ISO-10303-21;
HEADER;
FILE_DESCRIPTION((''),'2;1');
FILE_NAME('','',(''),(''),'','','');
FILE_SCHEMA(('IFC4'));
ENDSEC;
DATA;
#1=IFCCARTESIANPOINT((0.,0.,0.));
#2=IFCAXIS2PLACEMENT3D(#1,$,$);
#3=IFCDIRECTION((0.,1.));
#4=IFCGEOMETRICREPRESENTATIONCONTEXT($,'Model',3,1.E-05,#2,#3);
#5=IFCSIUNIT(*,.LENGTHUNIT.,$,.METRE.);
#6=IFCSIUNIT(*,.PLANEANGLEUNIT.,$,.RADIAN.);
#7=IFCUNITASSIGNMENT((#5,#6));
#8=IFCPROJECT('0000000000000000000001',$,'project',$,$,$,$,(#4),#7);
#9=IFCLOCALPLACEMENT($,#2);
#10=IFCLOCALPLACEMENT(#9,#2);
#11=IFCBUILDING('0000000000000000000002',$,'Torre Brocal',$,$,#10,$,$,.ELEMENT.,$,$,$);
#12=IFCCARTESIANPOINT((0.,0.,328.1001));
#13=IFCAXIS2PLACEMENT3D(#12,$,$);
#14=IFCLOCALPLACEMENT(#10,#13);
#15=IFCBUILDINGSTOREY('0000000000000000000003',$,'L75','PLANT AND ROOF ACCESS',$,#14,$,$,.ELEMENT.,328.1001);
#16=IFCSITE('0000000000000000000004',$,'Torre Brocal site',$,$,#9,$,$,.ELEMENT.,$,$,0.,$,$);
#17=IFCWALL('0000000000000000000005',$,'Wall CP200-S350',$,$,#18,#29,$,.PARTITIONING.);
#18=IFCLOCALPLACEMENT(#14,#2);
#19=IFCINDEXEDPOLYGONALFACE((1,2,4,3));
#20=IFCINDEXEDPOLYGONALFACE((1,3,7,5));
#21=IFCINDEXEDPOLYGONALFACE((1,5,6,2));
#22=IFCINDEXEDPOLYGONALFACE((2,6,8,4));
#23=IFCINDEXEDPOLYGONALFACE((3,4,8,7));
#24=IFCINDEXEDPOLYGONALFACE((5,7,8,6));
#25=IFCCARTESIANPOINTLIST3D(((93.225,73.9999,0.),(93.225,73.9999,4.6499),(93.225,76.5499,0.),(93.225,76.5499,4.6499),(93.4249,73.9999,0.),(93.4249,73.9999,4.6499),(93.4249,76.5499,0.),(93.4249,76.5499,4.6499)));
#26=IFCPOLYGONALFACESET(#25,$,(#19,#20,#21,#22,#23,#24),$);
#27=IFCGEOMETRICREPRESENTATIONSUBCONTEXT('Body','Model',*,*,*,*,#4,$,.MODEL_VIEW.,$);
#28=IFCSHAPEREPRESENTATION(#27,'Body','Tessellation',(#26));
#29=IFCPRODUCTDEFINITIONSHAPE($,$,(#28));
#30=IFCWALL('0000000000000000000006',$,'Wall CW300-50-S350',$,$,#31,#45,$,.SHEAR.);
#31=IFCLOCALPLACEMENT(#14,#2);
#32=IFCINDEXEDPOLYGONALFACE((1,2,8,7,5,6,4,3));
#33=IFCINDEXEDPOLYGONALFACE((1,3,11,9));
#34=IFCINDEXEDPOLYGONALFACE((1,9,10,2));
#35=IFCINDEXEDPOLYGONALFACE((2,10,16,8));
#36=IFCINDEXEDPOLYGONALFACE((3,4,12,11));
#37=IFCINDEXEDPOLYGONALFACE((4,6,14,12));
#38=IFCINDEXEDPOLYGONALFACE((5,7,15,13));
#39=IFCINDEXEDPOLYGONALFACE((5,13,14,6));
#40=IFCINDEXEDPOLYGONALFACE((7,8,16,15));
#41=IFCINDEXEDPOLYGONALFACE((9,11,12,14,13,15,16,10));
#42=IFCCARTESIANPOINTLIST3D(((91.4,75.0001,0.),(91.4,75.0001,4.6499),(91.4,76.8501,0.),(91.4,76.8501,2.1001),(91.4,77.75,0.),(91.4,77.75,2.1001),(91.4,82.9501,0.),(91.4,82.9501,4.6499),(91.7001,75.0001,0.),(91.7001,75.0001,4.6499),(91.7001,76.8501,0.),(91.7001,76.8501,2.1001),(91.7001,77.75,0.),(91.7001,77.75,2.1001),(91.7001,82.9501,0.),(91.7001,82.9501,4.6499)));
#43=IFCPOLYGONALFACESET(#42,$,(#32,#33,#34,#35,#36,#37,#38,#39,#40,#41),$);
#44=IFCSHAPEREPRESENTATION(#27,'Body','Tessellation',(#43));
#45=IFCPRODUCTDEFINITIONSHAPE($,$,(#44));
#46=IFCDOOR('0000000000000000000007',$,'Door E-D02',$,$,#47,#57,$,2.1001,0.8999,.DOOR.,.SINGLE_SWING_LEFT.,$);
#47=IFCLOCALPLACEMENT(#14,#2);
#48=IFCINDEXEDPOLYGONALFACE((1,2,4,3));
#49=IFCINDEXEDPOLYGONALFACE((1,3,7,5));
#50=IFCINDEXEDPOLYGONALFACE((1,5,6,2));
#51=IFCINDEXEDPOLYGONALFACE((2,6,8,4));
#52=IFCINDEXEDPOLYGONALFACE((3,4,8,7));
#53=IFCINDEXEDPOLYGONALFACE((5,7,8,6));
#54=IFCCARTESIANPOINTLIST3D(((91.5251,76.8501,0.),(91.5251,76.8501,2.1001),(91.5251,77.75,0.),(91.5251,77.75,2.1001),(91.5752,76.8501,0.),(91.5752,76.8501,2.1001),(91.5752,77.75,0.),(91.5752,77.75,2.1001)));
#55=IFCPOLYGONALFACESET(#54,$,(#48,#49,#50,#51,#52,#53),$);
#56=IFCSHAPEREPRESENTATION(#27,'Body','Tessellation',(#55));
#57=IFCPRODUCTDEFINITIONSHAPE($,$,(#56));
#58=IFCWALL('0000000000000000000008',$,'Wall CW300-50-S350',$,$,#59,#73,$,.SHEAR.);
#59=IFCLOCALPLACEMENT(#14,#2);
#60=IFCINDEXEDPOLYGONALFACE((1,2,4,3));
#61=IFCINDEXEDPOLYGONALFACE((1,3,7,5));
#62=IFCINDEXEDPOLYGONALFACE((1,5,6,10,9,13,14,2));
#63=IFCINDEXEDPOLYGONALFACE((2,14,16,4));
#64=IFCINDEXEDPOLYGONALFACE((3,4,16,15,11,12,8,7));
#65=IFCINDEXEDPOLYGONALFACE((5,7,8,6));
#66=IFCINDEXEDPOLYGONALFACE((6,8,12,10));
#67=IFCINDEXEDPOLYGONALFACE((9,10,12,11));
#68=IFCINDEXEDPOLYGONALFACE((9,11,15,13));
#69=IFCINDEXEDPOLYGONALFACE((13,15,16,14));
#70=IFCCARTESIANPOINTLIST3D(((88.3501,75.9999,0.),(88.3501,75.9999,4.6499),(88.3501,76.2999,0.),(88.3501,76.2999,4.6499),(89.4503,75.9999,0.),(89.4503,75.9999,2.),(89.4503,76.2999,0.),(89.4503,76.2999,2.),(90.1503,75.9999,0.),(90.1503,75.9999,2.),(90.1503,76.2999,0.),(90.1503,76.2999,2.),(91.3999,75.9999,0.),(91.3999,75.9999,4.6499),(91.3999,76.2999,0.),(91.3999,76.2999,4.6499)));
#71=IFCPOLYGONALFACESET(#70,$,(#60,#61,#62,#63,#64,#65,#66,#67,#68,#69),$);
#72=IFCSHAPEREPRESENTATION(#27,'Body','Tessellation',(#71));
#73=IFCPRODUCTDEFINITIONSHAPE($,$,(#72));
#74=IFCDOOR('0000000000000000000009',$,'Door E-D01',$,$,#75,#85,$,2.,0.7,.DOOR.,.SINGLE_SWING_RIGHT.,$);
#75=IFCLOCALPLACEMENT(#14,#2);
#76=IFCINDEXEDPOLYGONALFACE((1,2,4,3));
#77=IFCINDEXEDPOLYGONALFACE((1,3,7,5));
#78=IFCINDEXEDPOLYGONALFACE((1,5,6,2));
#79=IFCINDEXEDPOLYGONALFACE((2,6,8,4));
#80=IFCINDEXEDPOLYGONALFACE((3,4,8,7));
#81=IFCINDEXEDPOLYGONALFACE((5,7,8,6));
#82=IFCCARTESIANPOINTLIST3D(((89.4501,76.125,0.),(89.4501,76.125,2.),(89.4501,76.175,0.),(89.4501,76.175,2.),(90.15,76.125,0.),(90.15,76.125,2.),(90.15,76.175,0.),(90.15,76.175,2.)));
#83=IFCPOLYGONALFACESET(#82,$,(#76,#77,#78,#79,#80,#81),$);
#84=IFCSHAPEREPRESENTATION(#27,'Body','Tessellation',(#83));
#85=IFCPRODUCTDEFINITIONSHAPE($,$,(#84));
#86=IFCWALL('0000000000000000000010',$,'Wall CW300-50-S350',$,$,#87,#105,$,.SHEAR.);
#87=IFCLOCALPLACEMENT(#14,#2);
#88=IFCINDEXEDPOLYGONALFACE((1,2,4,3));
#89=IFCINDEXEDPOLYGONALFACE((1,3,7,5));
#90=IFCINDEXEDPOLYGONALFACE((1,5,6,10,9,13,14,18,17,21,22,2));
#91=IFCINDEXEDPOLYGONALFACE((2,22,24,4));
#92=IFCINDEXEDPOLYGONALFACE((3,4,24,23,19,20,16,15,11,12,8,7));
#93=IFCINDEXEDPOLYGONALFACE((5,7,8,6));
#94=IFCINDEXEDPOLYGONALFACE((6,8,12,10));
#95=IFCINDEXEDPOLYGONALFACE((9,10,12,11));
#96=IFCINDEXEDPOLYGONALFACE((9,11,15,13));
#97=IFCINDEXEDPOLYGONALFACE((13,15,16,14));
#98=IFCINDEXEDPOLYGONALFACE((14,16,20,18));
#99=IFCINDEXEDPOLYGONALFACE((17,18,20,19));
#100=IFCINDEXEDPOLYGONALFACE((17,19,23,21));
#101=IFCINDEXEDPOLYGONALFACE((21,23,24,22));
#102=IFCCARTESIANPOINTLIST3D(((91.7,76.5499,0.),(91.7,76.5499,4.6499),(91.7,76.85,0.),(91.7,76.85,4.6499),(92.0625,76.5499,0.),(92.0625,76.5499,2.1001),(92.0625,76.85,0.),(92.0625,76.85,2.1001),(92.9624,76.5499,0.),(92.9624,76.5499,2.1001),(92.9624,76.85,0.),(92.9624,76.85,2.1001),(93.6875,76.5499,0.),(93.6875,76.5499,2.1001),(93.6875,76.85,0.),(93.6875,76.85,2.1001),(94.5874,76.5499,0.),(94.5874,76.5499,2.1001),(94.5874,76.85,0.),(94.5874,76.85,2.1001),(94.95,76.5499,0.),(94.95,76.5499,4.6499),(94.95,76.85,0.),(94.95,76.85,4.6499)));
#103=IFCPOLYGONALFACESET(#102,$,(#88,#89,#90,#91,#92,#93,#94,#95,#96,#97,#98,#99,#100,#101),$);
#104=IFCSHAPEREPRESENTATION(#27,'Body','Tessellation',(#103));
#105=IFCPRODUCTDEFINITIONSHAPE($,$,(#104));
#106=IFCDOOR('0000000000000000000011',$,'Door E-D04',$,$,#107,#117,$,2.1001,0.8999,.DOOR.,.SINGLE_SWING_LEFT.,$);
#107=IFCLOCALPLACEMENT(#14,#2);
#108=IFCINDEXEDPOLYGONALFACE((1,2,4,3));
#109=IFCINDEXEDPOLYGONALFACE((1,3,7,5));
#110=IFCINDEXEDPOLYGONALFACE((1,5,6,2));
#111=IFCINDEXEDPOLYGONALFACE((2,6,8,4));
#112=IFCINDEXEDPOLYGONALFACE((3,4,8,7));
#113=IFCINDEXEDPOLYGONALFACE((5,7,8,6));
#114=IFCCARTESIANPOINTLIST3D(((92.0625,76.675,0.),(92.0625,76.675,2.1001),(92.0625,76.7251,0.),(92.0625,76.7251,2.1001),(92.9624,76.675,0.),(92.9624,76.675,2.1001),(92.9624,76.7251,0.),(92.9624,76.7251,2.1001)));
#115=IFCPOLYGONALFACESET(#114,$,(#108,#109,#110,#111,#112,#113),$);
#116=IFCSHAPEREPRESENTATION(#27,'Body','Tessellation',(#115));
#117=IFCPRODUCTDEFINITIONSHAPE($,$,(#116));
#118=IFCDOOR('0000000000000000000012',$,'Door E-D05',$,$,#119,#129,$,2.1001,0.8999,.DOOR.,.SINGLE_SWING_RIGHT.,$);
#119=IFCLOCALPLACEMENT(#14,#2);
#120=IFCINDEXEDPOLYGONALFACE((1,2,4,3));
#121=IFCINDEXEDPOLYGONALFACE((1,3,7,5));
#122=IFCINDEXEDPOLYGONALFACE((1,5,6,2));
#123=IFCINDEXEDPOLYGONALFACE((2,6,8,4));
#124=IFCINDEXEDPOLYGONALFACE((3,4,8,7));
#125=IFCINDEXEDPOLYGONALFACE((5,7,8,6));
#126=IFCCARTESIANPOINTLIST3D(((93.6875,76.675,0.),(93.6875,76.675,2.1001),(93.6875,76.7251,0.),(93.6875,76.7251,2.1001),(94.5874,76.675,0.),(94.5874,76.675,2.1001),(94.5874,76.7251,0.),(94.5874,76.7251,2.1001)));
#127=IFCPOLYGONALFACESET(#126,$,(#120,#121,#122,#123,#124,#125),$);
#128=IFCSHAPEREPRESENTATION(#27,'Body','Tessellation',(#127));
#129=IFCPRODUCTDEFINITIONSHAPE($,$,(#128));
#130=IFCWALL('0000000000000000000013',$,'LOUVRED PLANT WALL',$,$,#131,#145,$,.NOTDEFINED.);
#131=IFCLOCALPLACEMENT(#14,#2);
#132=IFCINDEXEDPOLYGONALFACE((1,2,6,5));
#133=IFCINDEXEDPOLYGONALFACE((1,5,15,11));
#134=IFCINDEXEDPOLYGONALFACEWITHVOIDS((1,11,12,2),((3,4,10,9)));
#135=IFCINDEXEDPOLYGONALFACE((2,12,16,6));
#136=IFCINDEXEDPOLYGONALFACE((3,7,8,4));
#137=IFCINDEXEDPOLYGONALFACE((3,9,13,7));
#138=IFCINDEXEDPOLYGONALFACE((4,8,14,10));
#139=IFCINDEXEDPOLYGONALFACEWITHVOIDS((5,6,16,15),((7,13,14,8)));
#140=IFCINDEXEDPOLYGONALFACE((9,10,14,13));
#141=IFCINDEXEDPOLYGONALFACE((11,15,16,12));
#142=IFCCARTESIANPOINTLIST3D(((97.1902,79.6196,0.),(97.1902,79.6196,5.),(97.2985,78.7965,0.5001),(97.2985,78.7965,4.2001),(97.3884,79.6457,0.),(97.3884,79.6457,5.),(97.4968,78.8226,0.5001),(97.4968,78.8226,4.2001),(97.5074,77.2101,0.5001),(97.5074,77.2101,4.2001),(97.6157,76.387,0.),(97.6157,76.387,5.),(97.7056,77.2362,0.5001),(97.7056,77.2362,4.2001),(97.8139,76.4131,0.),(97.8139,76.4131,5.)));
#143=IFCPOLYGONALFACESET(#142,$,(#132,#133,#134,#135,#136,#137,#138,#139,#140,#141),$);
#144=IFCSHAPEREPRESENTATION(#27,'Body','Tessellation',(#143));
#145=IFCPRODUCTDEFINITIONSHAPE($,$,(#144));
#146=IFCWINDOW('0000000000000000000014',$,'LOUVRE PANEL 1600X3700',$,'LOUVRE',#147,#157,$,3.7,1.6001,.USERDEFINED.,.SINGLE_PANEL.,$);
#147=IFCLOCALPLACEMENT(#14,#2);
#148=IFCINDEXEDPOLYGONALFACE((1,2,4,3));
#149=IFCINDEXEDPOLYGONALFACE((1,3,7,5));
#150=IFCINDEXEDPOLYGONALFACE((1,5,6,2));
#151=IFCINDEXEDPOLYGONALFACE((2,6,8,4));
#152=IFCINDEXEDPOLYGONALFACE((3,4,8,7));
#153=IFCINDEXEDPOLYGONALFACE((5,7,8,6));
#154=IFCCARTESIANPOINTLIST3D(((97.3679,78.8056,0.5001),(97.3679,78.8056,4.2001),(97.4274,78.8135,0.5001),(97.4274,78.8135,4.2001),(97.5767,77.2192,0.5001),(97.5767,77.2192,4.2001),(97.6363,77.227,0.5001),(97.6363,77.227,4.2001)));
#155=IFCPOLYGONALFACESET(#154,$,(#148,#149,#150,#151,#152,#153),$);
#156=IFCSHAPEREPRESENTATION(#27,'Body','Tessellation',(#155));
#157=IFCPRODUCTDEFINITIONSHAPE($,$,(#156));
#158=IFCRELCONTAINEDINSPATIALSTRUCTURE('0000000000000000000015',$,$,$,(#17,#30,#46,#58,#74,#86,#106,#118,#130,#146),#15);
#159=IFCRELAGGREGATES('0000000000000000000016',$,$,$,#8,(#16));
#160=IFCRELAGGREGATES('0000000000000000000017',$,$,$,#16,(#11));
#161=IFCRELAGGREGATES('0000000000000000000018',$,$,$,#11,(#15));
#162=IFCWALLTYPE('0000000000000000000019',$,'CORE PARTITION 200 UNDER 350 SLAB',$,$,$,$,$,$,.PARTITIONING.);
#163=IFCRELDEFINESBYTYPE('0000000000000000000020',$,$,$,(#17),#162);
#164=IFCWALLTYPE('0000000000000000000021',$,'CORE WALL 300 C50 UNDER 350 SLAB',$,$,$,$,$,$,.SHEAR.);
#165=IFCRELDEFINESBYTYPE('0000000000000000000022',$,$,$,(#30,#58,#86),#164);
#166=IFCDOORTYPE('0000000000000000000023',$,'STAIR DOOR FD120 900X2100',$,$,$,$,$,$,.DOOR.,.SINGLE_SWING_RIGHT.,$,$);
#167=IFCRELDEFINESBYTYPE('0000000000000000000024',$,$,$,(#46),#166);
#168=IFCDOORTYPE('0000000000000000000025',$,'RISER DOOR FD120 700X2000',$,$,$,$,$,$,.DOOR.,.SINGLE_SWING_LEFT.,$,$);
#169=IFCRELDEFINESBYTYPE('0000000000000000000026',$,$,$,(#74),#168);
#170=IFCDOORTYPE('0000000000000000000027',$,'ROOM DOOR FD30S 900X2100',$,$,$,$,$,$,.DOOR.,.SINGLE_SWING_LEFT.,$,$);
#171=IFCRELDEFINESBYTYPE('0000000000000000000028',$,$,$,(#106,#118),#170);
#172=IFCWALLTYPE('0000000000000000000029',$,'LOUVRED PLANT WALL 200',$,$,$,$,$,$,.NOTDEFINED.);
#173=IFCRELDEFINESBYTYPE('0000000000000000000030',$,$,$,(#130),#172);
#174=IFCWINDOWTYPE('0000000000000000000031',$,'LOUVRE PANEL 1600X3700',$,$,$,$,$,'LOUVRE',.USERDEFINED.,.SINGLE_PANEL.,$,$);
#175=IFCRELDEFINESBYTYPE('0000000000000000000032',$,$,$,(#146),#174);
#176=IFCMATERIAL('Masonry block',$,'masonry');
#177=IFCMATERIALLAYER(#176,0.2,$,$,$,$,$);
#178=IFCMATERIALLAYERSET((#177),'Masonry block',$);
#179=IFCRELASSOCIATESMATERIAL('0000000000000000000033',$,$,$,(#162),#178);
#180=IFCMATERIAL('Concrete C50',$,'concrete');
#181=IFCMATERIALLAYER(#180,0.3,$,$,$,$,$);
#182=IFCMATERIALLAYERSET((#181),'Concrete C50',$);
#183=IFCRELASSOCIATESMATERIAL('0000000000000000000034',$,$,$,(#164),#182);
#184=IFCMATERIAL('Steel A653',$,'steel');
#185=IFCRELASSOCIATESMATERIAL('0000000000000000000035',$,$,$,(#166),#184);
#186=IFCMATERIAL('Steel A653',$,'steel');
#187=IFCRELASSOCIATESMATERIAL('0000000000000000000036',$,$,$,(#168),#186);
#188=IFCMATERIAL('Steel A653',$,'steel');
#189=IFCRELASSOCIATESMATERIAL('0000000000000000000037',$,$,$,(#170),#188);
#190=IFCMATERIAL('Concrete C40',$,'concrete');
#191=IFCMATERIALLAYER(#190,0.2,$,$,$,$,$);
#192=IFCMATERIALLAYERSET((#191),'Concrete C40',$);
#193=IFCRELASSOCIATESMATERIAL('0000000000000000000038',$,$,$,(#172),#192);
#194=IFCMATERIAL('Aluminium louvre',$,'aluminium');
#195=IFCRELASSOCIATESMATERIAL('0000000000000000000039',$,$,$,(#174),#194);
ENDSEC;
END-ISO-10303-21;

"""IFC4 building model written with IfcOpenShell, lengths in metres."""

from ifc_helpers import new_model, si_unit, direction, frame, frame_2d, origin, place, context, subcontext, project, spatial, rectangle, extrude, material, layer, layer_set, type_object, element, fill, save


model = new_model("IFC4")

# Units and contexts
model_context = context("Model", 3, precision=1e-05, world=origin(), true_north=direction((0.0, 1.0)))
body_context = subcontext(model_context, "Body", "Model", "MODEL_VIEW")
ifc_project = project(units=[si_unit("LENGTHUNIT", "METRE"), si_unit("PLANEANGLEUNIT", "RADIAN")], contexts=[model_context])

# Site, building, storey
site_placement = place(None, origin())
site = spatial("IfcSite", under=ifc_project, at=site_placement, Name="Torre Brocal site", CompositionType="ELEMENT", RefElevation=0.0)
building_placement = place(site_placement, origin())
building = spatial("IfcBuilding", under=site, at=building_placement, Name="Torre Brocal", CompositionType="ELEMENT")
storey_placement = place(building_placement, frame((0.0, 0.0, 328.1001)))
storey = spatial("IfcBuildingStorey", under=building, at=storey_placement, Name="L75", Description="PLANT AND ROOF ACCESS", CompositionType="ELEMENT", Elevation=328.1001)

# Wall
ifc_material_1 = material(Name="Masonry block", Category="masonry")
ifc_layer_1 = layer(ifc_material_1, 0.2)
ifc_layer_set_1 = layer_set([ifc_layer_1], Name="Masonry block")
wall_type_1 = type_object("IfcWallType", Name="CORE PARTITION 200 UNDER 350 SLAB", PredefinedType="PARTITIONING", material=ifc_layer_set_1)
wall_1_placement = place(storey_placement, frame((93.325, 74.0, 0.0), z_axis=(0.0, 0.0, 1.0), x_axis=(0.0, 1.0, 0.0)))
element("IfcWall", 1, at=wall_1_placement, inside=storey, type_object=wall_type_1, Name="Wall CP200-S350", PredefinedType="PARTITIONING", context=body_context, shape_type="SweptSolid", body=[
    extrude(rectangle(XDim=2.55, YDim=0.2, at=frame_2d((1.2749, 0.0))), origin(), (0.0, 0.0, 1.0), 4.6499),
])

# Walls, openings, doors
ifc_material_2 = material(Name="Concrete C50", Category="concrete")
ifc_layer_2 = layer(ifc_material_2, 0.3)
ifc_layer_set_2 = layer_set([ifc_layer_2], Name="Concrete C50")
wall_type_2 = type_object("IfcWallType", Name="CORE WALL 300 C50 UNDER 350 SLAB", PredefinedType="SHEAR", material=ifc_layer_set_2)
wall_2_placement = place(storey_placement, frame((91.55, 75.0, 0.0), z_axis=(0.0, 0.0, 1.0), x_axis=(0.0, 1.0, 0.0)))
wall_2 = element("IfcWall", 2, at=wall_2_placement, inside=storey, type_object=wall_type_2, Name="Wall CW300-50-S350", PredefinedType="SHEAR", context=body_context, shape_type="SweptSolid", body=[
    extrude(rectangle(XDim=7.95, YDim=0.3, at=frame_2d((3.9751, 0.0))), origin(), (0.0, 0.0, 1.0), 4.6499),
])
opening_1_placement = place(wall_2_placement, frame((1.8501, 0.0, 0.0)))
opening_1 = element("IfcOpeningElement", 3, at=opening_1_placement, cuts=wall_2, PredefinedType="OPENING", context=body_context, shape_type="SweptSolid", body=[
    extrude(rectangle(XDim=0.8999, YDim=2.1001, at=frame_2d((0.45, 1.05))), frame((0.0, 0.1599, 0.0), z_axis=(0.0, -1.0, 0.0), x_axis=(1.0, 0.0, 0.0)), (0.0, 0.0, 1.0), 0.3201),
])
ifc_material_3 = material(Name="Steel A653", Category="steel")
door_type_1 = type_object("IfcDoorType", Name="STAIR DOOR FD120 900X2100", OperationType="SINGLE_SWING_RIGHT", PredefinedType="DOOR", material=ifc_material_3)
door_1_placement = place(opening_1_placement, origin())
door_1 = element("IfcDoor", 4, at=door_1_placement, inside=storey, type_object=door_type_1, Name="Door E-D02", OperationType="SINGLE_SWING_LEFT", OverallHeight=2.1001, OverallWidth=0.8999, PredefinedType="DOOR", context=body_context, shape_type="SweptSolid", body=[
    extrude(rectangle(XDim=0.8999, YDim=2.1001, at=frame_2d((0.45, 1.05))), frame((0.0, 0.0249, 0.0), z_axis=(0.0, -1.0, 0.0), x_axis=(1.0, 0.0, 0.0)), (0.0, 0.0, 1.0), 0.05),
])
fill(opening_1, door_1)
wall_3_placement = place(storey_placement, frame((88.3501, 76.1499, 0.0), z_axis=(0.0, 0.0, 1.0), x_axis=(1.0, 0.0, 0.0)))
wall_3 = element("IfcWall", 5, at=wall_3_placement, inside=storey, type_object=wall_type_2, Name="Wall CW300-50-S350", PredefinedType="SHEAR", context=body_context, shape_type="SweptSolid", body=[
    extrude(rectangle(XDim=3.0498, YDim=0.3, at=frame_2d((1.5249, 0.0))), origin(), (0.0, 0.0, 1.0), 4.6499),
])
opening_2_placement = place(wall_3_placement, frame((1.1001, 0.0, 0.0)))
opening_2 = element("IfcOpeningElement", 6, at=opening_2_placement, cuts=wall_3, PredefinedType="OPENING", context=body_context, shape_type="SweptSolid", body=[
    extrude(rectangle(XDim=0.7, YDim=2.0, at=frame_2d((0.3501, 1.0))), frame((0.0, 0.1599, 0.0), z_axis=(0.0, -1.0, 0.0), x_axis=(1.0, 0.0, 0.0)), (0.0, 0.0, 1.0), 0.3201),
])
ifc_material_4 = material(Name="Steel A653", Category="steel")
door_type_2 = type_object("IfcDoorType", Name="RISER DOOR FD120 700X2000", OperationType="SINGLE_SWING_LEFT", PredefinedType="DOOR", material=ifc_material_4)
door_2_placement = place(opening_2_placement, frame((0.7, 0.0, 0.0), z_axis=(0.0, 0.0, 1.0), x_axis=(-1.0, 0.0, 0.0)))
door_2 = element("IfcDoor", 7, at=door_2_placement, inside=storey, type_object=door_type_2, Name="Door E-D01", OperationType="SINGLE_SWING_RIGHT", OverallHeight=2.0, OverallWidth=0.7, PredefinedType="DOOR", context=body_context, shape_type="SweptSolid", body=[
    extrude(rectangle(XDim=0.7, YDim=2.0, at=frame_2d((0.3501, 1.0))), frame((0.0, 0.0249, 0.0), z_axis=(0.0, -1.0, 0.0), x_axis=(1.0, 0.0, 0.0)), (0.0, 0.0, 1.0), 0.05),
])
fill(opening_2, door_2)

# Wall, openings, doors
wall_4_placement = place(storey_placement, frame((91.7, 76.7, 0.0), z_axis=(0.0, 0.0, 1.0), x_axis=(1.0, 0.0, 0.0)))
wall_4 = element("IfcWall", 8, at=wall_4_placement, inside=storey, type_object=wall_type_2, Name="Wall CW300-50-S350", PredefinedType="SHEAR", context=body_context, shape_type="SweptSolid", body=[
    extrude(rectangle(XDim=3.25, YDim=0.3, at=frame_2d((1.625, 0.0))), origin(), (0.0, 0.0, 1.0), 4.6499),
])
opening_3_placement = place(wall_4_placement, frame((0.3625, 0.0, 0.0)))
opening_3 = element("IfcOpeningElement", 9, at=opening_3_placement, cuts=wall_4, PredefinedType="OPENING", context=body_context, shape_type="SweptSolid", body=[
    extrude(rectangle(XDim=0.8999, YDim=2.1001, at=frame_2d((0.45, 1.05))), frame((0.0, 0.1599, 0.0), z_axis=(0.0, -1.0, 0.0), x_axis=(1.0, 0.0, 0.0)), (0.0, 0.0, 1.0), 0.3201),
])
opening_4_placement = place(wall_4_placement, frame((1.9875, 0.0, 0.0)))
opening_4 = element("IfcOpeningElement", 10, at=opening_4_placement, cuts=wall_4, PredefinedType="OPENING", context=body_context, shape_type="SweptSolid", body=[
    extrude(rectangle(XDim=0.8999, YDim=2.1001, at=frame_2d((0.45, 1.05))), frame((0.0, 0.1599, 0.0), z_axis=(0.0, -1.0, 0.0), x_axis=(1.0, 0.0, 0.0)), (0.0, 0.0, 1.0), 0.3201),
])
ifc_material_5 = material(Name="Steel A653", Category="steel")
door_type_3 = type_object("IfcDoorType", Name="ROOM DOOR FD30S 900X2100", OperationType="SINGLE_SWING_LEFT", PredefinedType="DOOR", material=ifc_material_5)
door_3_placement = place(opening_3_placement, frame((0.8999, 0.0, 0.0), z_axis=(0.0, 0.0, 1.0), x_axis=(-1.0, 0.0, 0.0)))
door_3 = element("IfcDoor", 11, at=door_3_placement, inside=storey, type_object=door_type_3, Name="Door E-D04", OperationType="SINGLE_SWING_LEFT", OverallHeight=2.1001, OverallWidth=0.8999, PredefinedType="DOOR", context=body_context, shape_type="SweptSolid", body=[
    extrude(rectangle(XDim=0.8999, YDim=2.1001, at=frame_2d((0.45, 1.05))), frame((0.0, 0.0249, 0.0), z_axis=(0.0, -1.0, 0.0), x_axis=(1.0, 0.0, 0.0)), (0.0, 0.0, 1.0), 0.05),
])
fill(opening_3, door_3)
door_4_placement = place(opening_4_placement, frame((0.8999, 0.0, 0.0), z_axis=(0.0, 0.0, 1.0), x_axis=(-1.0, 0.0, 0.0)))
door_4 = element("IfcDoor", 12, at=door_4_placement, inside=storey, type_object=door_type_3, Name="Door E-D05", OperationType="SINGLE_SWING_RIGHT", OverallHeight=2.1001, OverallWidth=0.8999, PredefinedType="DOOR", context=body_context, shape_type="SweptSolid", body=[
    extrude(rectangle(XDim=0.8999, YDim=2.1001, at=frame_2d((0.45, 1.05))), frame((0.0, 0.0249, 0.0), z_axis=(0.0, -1.0, 0.0), x_axis=(1.0, 0.0, 0.0)), (0.0, 0.0, 1.0), 0.05),
])
fill(opening_4, door_4)

# Wall, opening, window
ifc_material_6 = material(Name="Concrete C40", Category="concrete")
ifc_layer_3 = layer(ifc_material_6, 0.2)
ifc_layer_set_3 = layer_set([ifc_layer_3], Name="Concrete C40")
wall_type_3 = type_object("IfcWallType", Name="LOUVRED PLANT WALL 200", PredefinedType="NOTDEFINED", material=ifc_layer_set_3)
wall_5_placement = place(storey_placement, frame((97.7148, 76.3999, 0.0), z_axis=(0.0, 0.0, 1.0), x_axis=(-0.130511, 0.991447, 0.0)))
wall_5 = element("IfcWall", 13, at=wall_5_placement, inside=storey, type_object=wall_type_3, Name="LOUVRED PLANT WALL", PredefinedType="NOTDEFINED", context=body_context, shape_type="SweptSolid", body=[
    extrude(rectangle(XDim=3.2605, YDim=0.2, at=frame_2d((1.6304, 0.0))), origin(), (0.0, 0.0, 1.0), 5.0),
])
opening_5_placement = place(wall_5_placement, frame((0.8303, 0.0, 0.5)))
opening_5 = element("IfcOpeningElement", 14, at=opening_5_placement, cuts=wall_5, PredefinedType="OPENING", context=body_context, shape_type="SweptSolid", body=[
    extrude(rectangle(XDim=1.6001, YDim=3.7, at=frame_2d((0.8, 1.8501))), frame((0.0, 0.1099, 0.0), z_axis=(0.0, -1.0, 0.0), x_axis=(1.0, 0.0, 0.0)), (0.0, 0.0, 1.0), 0.22),
])
ifc_material_7 = material(Name="Aluminium louvre", Category="aluminium")
window_type_1 = type_object("IfcWindowType", Name="LOUVRE PANEL 1600X3700", ElementType="LOUVRE", PartitioningType="SINGLE_PANEL", PredefinedType="USERDEFINED", material=ifc_material_7)
window_1_placement = place(opening_5_placement, origin())
window_1 = element("IfcWindow", 15, at=window_1_placement, inside=storey, type_object=window_type_1, Name="LOUVRE PANEL 1600X3700", ObjectType="LOUVRE", OverallHeight=3.7, OverallWidth=1.6001, PartitioningType="SINGLE_PANEL", PredefinedType="USERDEFINED", context=body_context, shape_type="SweptSolid", body=[
    extrude(rectangle(XDim=1.6001, YDim=3.7, at=frame_2d((0.8, 1.8501))), frame((0.0, 0.03, 0.0), z_axis=(0.0, -1.0, 0.0), x_axis=(1.0, 0.0, 0.0)), (0.0, 0.0, 1.0), 0.0601),
])
fill(opening_5, window_1)

save(model, "model.ifc")
